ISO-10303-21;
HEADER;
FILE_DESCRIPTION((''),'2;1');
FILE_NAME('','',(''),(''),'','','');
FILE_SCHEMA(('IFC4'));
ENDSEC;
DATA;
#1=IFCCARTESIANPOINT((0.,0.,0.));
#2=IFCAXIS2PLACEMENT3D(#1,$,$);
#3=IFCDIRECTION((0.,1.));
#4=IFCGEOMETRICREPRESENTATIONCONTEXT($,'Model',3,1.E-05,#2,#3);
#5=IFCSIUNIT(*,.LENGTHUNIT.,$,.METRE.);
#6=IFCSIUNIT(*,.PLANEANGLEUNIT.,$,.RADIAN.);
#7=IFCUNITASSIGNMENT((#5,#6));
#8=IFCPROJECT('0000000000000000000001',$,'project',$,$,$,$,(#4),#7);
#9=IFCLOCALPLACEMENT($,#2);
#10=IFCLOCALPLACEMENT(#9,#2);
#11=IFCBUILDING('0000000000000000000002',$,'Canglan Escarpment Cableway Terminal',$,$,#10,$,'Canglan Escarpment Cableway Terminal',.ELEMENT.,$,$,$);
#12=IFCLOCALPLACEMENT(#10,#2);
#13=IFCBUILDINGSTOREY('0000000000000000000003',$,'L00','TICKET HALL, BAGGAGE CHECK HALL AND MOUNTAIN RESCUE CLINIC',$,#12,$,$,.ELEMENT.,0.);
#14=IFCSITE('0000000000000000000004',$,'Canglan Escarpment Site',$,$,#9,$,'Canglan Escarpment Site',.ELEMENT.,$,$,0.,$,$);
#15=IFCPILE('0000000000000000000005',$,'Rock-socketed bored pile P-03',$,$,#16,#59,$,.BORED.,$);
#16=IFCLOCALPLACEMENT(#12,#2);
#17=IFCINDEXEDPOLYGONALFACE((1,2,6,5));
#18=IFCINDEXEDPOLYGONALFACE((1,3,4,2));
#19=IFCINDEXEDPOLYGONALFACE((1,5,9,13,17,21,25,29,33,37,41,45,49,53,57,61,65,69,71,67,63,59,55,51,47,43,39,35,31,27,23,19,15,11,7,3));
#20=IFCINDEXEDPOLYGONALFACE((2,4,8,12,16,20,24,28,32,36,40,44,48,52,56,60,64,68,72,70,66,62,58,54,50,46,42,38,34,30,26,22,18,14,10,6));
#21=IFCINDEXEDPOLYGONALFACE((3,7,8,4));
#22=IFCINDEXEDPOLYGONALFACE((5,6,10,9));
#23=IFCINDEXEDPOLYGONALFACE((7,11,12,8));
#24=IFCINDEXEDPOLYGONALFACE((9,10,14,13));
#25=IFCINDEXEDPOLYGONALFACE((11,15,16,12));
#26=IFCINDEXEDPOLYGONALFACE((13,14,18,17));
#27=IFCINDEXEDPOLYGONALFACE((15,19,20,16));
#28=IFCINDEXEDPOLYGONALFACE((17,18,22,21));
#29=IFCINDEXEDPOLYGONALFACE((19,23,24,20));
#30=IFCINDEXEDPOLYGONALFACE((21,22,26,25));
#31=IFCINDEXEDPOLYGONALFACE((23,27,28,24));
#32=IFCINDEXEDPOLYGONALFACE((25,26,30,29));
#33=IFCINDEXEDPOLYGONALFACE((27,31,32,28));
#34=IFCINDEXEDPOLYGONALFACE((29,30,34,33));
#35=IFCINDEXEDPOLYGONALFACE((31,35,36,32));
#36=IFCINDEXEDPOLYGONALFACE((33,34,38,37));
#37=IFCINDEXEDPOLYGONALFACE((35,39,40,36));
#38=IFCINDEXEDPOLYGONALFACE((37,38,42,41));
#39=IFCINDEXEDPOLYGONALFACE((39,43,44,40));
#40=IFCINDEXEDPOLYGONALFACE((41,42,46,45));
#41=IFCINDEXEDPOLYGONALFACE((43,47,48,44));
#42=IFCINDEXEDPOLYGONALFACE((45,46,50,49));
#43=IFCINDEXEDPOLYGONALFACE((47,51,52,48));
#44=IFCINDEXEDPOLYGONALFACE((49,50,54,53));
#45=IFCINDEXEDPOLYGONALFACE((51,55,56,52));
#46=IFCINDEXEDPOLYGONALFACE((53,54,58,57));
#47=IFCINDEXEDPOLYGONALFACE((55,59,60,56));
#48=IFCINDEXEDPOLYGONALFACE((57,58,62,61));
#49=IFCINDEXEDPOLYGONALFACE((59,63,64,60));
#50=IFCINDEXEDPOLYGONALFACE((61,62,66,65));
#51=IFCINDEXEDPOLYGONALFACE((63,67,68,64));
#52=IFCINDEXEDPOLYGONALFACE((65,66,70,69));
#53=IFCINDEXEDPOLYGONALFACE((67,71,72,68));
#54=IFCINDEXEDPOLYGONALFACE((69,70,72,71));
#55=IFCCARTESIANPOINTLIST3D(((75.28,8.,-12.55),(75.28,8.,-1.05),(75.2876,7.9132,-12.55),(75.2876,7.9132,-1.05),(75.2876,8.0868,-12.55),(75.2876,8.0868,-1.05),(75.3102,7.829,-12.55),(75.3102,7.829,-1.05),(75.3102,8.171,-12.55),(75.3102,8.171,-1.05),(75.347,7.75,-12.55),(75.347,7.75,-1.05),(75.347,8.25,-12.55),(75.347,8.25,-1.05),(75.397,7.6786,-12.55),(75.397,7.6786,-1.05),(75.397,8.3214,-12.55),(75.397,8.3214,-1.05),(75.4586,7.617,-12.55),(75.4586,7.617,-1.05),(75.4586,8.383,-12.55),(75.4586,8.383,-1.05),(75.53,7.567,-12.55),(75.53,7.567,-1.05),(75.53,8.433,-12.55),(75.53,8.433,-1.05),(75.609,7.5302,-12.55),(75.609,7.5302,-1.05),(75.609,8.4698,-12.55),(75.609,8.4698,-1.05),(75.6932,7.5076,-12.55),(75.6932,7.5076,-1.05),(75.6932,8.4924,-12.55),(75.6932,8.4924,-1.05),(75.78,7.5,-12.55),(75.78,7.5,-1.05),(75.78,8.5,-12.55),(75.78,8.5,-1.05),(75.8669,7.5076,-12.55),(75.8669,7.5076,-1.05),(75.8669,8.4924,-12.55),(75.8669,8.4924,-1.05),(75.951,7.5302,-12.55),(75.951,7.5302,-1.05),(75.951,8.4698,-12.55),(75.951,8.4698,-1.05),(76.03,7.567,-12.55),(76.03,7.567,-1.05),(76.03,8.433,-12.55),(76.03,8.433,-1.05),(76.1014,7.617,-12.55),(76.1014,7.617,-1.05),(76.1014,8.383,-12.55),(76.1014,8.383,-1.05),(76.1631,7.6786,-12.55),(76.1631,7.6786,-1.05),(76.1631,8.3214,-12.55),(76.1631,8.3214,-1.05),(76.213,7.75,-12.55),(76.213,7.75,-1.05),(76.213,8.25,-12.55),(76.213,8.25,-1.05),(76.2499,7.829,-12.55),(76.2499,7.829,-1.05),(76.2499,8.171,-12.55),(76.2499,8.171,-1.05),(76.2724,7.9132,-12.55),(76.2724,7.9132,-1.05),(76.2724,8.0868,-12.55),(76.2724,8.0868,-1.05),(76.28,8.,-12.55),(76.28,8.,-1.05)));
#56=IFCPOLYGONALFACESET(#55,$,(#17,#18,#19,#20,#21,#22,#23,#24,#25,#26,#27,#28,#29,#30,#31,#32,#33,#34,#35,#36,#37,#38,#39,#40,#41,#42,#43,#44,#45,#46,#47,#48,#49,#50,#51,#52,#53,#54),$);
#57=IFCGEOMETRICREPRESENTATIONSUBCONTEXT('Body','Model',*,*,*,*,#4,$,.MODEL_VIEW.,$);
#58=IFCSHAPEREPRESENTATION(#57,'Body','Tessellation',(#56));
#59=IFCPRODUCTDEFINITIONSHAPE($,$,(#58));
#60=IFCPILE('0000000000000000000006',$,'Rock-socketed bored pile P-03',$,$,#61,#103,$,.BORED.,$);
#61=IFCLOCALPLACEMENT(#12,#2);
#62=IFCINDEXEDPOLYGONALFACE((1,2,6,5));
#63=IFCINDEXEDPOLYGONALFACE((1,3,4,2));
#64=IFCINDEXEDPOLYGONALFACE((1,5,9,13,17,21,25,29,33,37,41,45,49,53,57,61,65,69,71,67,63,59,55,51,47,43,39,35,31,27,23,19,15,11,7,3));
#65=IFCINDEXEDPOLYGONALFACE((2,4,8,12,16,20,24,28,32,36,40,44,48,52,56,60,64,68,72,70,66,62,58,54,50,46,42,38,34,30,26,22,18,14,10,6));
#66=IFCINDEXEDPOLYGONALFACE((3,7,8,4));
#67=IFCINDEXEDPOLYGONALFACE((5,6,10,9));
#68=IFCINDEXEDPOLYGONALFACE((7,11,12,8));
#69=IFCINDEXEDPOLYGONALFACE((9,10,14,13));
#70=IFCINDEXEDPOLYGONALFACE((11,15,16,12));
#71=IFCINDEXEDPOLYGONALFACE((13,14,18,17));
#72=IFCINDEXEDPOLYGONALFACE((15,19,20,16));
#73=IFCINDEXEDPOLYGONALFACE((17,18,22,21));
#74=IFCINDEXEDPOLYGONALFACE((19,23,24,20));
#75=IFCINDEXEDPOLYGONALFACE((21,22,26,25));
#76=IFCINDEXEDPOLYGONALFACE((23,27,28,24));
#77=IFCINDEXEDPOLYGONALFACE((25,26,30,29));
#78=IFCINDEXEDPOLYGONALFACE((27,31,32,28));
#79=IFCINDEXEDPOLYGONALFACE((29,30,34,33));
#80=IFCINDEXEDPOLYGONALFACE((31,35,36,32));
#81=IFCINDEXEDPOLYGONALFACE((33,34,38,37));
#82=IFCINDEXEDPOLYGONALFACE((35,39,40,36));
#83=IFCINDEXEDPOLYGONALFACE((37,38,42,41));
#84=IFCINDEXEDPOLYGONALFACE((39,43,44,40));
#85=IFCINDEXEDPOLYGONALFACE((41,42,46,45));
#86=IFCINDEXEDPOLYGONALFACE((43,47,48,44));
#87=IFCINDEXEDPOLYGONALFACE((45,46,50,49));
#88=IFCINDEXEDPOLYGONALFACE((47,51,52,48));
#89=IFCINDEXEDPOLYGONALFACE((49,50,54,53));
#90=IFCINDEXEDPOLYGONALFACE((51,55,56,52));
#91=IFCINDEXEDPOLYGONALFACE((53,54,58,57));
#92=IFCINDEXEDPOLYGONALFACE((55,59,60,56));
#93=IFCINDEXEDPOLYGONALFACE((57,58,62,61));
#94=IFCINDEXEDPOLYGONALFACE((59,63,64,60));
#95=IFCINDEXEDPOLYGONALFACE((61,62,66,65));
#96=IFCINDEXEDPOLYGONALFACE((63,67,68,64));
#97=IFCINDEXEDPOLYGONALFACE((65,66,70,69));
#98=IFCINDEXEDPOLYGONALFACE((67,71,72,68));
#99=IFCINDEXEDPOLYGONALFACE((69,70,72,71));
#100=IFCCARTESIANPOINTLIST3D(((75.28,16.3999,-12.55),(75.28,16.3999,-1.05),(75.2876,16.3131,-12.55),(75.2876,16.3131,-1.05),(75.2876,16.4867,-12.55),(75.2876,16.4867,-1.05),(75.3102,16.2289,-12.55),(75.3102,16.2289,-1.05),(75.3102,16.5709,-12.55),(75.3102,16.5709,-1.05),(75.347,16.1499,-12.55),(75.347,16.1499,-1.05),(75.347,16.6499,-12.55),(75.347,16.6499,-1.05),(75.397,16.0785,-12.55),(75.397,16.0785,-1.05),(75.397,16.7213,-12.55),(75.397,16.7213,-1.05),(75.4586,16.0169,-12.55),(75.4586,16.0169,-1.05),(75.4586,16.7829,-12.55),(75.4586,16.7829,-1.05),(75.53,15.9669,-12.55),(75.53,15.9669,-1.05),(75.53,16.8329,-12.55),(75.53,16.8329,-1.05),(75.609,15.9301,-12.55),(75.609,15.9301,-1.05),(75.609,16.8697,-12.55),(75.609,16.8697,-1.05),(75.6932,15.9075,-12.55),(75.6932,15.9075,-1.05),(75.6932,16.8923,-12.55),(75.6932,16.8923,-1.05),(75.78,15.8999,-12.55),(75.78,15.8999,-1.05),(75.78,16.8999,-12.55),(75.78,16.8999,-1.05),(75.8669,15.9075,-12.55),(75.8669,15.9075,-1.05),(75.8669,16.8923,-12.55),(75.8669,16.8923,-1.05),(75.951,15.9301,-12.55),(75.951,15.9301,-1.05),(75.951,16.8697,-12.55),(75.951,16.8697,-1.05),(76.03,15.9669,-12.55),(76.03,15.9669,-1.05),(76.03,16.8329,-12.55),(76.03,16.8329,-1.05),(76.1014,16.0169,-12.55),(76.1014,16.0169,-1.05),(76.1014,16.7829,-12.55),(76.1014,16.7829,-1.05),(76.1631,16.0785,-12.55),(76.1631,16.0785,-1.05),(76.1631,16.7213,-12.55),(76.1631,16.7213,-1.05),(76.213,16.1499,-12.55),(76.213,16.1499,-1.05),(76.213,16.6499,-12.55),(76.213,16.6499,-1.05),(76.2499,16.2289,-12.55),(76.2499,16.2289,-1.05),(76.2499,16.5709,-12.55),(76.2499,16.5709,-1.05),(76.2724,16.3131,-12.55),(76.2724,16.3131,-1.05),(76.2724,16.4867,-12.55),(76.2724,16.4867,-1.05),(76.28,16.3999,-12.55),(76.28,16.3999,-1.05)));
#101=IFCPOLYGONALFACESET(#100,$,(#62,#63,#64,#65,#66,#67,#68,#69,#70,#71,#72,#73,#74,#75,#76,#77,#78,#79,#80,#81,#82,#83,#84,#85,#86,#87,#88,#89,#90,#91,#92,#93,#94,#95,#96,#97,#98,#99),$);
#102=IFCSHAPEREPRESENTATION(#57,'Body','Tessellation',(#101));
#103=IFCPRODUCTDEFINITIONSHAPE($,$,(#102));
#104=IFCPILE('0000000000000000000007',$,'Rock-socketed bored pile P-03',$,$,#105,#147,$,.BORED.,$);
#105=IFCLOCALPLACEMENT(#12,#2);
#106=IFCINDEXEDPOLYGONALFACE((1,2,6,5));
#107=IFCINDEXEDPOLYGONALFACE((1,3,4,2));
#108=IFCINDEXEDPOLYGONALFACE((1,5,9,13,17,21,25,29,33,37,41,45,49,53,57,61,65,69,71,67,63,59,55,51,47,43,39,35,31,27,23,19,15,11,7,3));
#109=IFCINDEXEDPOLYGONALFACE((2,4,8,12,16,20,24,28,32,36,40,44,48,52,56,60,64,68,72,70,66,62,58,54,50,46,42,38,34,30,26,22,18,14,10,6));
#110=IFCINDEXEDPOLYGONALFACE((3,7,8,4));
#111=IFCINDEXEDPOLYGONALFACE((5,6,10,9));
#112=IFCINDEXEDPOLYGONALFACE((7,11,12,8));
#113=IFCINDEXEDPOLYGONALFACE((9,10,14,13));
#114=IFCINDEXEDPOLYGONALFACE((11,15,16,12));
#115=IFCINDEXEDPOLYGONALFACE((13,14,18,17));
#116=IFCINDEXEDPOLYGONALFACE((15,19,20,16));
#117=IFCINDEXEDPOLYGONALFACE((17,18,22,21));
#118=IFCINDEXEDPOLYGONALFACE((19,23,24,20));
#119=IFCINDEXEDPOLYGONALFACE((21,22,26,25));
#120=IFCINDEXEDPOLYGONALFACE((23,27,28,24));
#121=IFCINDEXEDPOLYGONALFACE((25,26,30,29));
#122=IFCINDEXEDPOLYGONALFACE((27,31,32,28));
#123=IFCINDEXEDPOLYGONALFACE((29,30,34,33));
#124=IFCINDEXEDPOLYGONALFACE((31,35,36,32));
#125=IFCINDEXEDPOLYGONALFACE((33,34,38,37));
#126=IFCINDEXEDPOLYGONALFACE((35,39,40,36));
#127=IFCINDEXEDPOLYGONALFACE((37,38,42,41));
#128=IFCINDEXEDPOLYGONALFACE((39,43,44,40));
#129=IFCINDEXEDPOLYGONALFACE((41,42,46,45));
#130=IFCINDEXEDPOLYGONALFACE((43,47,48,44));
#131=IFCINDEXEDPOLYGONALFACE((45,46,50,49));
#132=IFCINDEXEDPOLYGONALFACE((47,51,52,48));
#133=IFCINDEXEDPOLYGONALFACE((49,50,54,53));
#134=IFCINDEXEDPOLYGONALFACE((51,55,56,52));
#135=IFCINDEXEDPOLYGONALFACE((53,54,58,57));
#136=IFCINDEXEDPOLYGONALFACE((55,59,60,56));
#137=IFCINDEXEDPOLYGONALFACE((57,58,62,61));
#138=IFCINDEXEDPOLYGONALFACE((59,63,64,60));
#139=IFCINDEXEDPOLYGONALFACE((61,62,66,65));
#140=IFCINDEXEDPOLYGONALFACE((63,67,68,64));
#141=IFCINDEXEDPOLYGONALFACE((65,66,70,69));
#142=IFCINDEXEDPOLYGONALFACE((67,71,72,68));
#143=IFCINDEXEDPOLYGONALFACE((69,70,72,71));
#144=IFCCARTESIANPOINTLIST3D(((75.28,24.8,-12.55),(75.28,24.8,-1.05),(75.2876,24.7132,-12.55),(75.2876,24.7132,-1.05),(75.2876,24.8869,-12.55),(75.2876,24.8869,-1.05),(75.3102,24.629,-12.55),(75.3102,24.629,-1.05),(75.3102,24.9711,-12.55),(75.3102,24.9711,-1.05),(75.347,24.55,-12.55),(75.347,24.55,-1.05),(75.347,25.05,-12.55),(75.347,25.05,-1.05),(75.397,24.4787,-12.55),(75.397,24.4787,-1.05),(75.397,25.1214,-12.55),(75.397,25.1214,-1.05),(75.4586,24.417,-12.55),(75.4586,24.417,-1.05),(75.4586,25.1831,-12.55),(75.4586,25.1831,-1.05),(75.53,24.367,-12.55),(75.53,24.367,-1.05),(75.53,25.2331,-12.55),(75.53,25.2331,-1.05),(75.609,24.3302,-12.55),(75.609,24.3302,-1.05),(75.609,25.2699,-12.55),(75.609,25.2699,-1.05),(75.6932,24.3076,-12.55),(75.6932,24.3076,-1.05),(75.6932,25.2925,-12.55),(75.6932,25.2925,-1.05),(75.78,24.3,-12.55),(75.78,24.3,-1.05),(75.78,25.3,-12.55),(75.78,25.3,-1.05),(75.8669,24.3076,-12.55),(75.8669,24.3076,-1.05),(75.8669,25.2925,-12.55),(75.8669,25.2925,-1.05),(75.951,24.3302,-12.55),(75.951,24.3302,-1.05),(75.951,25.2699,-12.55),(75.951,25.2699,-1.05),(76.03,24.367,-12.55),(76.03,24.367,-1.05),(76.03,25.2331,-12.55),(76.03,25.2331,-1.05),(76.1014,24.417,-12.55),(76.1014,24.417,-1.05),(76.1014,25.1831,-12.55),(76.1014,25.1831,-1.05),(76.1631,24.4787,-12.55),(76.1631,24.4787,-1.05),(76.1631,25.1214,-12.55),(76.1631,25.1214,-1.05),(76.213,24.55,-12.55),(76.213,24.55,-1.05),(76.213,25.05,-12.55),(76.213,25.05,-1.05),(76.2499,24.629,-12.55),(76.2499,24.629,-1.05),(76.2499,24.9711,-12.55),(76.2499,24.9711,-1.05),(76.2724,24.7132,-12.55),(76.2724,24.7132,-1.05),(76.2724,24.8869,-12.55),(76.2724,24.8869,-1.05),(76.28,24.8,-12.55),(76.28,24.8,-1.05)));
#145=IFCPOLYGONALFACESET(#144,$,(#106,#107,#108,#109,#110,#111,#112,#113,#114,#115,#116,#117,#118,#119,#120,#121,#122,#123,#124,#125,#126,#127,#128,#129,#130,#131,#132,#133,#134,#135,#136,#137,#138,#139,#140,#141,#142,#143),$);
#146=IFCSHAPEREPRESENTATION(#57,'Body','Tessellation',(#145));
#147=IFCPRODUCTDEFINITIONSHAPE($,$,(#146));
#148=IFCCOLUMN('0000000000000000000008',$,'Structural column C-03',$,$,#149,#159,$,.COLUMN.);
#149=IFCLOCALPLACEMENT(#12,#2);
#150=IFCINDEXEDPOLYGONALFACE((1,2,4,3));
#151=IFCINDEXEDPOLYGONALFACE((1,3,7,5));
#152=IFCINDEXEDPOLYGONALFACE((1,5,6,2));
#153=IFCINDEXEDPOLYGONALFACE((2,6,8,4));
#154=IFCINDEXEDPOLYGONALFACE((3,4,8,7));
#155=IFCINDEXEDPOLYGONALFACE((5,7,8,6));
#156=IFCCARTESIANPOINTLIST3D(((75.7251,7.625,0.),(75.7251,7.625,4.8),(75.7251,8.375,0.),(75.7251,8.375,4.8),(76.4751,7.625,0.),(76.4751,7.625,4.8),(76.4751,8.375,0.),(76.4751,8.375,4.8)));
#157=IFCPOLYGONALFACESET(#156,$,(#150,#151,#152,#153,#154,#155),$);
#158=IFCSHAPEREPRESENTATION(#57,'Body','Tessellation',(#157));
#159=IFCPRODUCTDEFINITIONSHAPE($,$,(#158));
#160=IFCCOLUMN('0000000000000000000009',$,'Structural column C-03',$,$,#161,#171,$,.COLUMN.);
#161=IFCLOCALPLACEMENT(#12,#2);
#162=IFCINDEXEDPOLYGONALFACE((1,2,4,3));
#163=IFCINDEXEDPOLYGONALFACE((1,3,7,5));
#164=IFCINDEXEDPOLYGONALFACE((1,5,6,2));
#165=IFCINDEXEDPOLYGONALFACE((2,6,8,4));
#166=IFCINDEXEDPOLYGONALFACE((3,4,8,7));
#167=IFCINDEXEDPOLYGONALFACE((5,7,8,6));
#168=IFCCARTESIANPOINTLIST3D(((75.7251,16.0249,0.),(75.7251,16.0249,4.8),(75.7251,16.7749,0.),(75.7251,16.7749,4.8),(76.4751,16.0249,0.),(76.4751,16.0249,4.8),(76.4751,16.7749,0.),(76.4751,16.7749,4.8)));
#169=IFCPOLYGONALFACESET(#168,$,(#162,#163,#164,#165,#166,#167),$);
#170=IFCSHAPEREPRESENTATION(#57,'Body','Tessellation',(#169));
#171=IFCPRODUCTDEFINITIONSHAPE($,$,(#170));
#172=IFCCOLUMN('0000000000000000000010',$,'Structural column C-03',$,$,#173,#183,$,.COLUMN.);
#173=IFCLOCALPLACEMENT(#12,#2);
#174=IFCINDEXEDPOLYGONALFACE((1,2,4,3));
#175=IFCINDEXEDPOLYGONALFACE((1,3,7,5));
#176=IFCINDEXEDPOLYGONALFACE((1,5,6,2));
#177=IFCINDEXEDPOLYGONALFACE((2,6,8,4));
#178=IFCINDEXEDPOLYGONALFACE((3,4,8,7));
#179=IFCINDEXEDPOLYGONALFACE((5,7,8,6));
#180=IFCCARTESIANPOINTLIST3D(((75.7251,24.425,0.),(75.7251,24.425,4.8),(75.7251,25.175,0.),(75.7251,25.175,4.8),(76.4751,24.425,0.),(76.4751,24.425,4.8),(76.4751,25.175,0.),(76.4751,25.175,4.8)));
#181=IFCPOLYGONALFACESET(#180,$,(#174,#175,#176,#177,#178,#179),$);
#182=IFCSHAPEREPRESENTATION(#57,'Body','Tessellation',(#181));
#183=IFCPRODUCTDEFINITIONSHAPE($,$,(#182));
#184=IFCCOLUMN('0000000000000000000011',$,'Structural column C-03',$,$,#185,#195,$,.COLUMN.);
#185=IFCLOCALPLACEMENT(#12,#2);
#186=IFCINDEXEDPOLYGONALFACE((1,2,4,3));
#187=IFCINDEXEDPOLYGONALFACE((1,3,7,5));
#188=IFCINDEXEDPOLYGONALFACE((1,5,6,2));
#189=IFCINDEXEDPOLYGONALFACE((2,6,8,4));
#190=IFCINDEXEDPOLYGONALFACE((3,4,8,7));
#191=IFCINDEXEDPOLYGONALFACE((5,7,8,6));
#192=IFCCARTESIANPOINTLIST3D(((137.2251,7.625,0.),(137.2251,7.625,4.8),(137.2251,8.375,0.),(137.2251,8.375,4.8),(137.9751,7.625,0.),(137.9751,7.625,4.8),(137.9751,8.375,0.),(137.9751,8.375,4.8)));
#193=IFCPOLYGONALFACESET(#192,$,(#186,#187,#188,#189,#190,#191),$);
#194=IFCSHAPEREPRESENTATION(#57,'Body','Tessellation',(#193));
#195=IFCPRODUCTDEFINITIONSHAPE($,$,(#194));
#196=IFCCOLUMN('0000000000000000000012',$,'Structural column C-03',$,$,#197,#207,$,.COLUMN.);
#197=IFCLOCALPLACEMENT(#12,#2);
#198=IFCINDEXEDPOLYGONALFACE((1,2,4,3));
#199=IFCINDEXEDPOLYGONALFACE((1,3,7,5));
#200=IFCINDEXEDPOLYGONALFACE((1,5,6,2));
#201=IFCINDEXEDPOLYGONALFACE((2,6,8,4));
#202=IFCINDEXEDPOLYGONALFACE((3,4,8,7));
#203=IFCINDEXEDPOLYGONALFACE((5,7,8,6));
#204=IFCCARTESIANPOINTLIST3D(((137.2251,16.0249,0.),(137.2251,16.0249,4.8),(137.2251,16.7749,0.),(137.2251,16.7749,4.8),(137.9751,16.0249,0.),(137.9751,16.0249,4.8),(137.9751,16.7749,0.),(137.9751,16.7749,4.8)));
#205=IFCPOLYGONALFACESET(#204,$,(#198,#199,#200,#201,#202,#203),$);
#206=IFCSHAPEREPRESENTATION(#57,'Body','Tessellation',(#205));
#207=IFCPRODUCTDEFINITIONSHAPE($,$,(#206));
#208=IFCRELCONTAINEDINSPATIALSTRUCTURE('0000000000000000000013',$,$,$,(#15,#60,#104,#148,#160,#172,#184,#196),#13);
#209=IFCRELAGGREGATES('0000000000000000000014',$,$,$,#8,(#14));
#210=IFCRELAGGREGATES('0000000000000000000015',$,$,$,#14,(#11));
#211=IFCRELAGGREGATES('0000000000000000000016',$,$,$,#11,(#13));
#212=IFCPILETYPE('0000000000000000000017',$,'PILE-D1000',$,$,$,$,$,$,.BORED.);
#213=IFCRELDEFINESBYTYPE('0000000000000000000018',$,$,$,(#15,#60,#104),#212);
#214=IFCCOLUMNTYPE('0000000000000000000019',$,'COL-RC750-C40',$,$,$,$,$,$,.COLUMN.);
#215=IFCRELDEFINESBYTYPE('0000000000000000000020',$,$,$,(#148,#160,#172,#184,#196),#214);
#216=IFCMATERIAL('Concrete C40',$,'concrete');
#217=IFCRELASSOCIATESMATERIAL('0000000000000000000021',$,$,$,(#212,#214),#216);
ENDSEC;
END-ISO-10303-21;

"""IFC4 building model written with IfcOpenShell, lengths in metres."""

from ifc_helpers import new_model, si_unit, direction, frame, origin, origin_2d, place, context, subcontext, project, spatial, rectangle, circle, extrude, material, material_profile, profile_set, type_object, element, save


model = new_model("IFC4")

# Units and contexts
model_context = context("Model", 3, precision=1e-05, world=origin(), true_north=direction((0.0, 1.0)))
body_context = subcontext(model_context, "Body", "Model", "MODEL_VIEW")
ifc_project = project(units=[si_unit("LENGTHUNIT", "METRE"), si_unit("PLANEANGLEUNIT", "RADIAN")], contexts=[model_context])

# Site, building, storey
site_placement = place(None, origin())
site = spatial("IfcSite", under=ifc_project, at=site_placement, Name="Canglan Escarpment Site", LongName="Canglan Escarpment Site", CompositionType="ELEMENT", RefElevation=0.0)
building_placement = place(site_placement, origin())
building = spatial("IfcBuilding", under=site, at=building_placement, Name="Canglan Escarpment Cableway Terminal", LongName="Canglan Escarpment Cableway Terminal", CompositionType="ELEMENT")
storey_placement = place(building_placement, origin())
storey = spatial("IfcBuildingStorey", under=building, at=storey_placement, Name="L00", Description="TICKET HALL, BAGGAGE CHECK HALL AND MOUNTAIN RESCUE CLINIC", CompositionType="ELEMENT", Elevation=0.0)

# Piles
ifc_material_1 = material(Name="Concrete C40", Category="concrete")
ifc_material_profile_1 = material_profile(ifc_material_1, circle(Radius=0.5, at=origin_2d()), Name="BORED PILE D1000")
ifc_profile_set_1 = profile_set([ifc_material_profile_1], Name="Concrete C40")
pile_type = type_object("IfcPileType", Name="PILE-D1000", PredefinedType="BORED", material=ifc_profile_set_1)
for number, where, z_axis, x_axis, name in (
    (1, (75.78, 8.0, -1.05), (0.0, 0.0, -1.0), (1.0, 0.0, 0.0), "Rock-socketed bored pile P-03"),
    (2, (75.78, 16.3999, -1.05), (0.0, 0.0, -1.0), (1.0, 0.0, 0.0), "Rock-socketed bored pile P-03"),
    (3, (75.78, 24.8, -1.05), (0.0, 0.0, -1.0), (1.0, 0.0, 0.0), "Rock-socketed bored pile P-03"),
):
    element("IfcPile", number, at=place(storey_placement, frame(where, z_axis=z_axis, x_axis=x_axis)), inside=storey, type_object=pile_type, Name=name, PredefinedType="BORED", context=body_context, shape_type="SweptSolid", body=[
        extrude(circle(Radius=0.5, at=origin_2d()), origin(), (0.0, 0.0, 1.0), 11.5),
    ])

# Columns
ifc_material_profile_2 = material_profile(ifc_material_1, rectangle(XDim=0.75, YDim=0.75, at=origin_2d()), Name="RC 750x750")
ifc_profile_set_2 = profile_set([ifc_material_profile_2], Name="Concrete C40")
column_type = type_object("IfcColumnType", Name="COL-RC750-C40", PredefinedType="COLUMN", material=ifc_profile_set_2)
for number, where, z_axis, x_axis, name in (
    (4, (76.1001, 8.0, 0.0), (0.0, 0.0, 1.0), (1.0, 0.0, 0.0), "Structural column C-03"),
    (5, (76.1001, 16.3999, 0.0), (0.0, 0.0, 1.0), (1.0, 0.0, 0.0), "Structural column C-03"),
    (6, (76.1001, 24.8, 0.0), (0.0, 0.0, 1.0), (1.0, 0.0, 0.0), "Structural column C-03"),
    (7, (137.6001, 8.0, 0.0), (0.0, 0.0, 1.0), (1.0, 0.0, 0.0), "Structural column C-03"),
    (8, (137.6001, 16.3999, 0.0), (0.0, 0.0, 1.0), (1.0, 0.0, 0.0), "Structural column C-03"),
):
    element("IfcColumn", number, at=place(storey_placement, frame(where, z_axis=z_axis, x_axis=x_axis)), inside=storey, type_object=column_type, Name=name, PredefinedType="COLUMN", context=body_context, shape_type="SweptSolid", body=[
        extrude(rectangle(XDim=0.75, YDim=0.75, at=origin_2d()), origin(), (0.0, 0.0, 1.0), 4.8),
    ])

save(model, "model.ifc")
